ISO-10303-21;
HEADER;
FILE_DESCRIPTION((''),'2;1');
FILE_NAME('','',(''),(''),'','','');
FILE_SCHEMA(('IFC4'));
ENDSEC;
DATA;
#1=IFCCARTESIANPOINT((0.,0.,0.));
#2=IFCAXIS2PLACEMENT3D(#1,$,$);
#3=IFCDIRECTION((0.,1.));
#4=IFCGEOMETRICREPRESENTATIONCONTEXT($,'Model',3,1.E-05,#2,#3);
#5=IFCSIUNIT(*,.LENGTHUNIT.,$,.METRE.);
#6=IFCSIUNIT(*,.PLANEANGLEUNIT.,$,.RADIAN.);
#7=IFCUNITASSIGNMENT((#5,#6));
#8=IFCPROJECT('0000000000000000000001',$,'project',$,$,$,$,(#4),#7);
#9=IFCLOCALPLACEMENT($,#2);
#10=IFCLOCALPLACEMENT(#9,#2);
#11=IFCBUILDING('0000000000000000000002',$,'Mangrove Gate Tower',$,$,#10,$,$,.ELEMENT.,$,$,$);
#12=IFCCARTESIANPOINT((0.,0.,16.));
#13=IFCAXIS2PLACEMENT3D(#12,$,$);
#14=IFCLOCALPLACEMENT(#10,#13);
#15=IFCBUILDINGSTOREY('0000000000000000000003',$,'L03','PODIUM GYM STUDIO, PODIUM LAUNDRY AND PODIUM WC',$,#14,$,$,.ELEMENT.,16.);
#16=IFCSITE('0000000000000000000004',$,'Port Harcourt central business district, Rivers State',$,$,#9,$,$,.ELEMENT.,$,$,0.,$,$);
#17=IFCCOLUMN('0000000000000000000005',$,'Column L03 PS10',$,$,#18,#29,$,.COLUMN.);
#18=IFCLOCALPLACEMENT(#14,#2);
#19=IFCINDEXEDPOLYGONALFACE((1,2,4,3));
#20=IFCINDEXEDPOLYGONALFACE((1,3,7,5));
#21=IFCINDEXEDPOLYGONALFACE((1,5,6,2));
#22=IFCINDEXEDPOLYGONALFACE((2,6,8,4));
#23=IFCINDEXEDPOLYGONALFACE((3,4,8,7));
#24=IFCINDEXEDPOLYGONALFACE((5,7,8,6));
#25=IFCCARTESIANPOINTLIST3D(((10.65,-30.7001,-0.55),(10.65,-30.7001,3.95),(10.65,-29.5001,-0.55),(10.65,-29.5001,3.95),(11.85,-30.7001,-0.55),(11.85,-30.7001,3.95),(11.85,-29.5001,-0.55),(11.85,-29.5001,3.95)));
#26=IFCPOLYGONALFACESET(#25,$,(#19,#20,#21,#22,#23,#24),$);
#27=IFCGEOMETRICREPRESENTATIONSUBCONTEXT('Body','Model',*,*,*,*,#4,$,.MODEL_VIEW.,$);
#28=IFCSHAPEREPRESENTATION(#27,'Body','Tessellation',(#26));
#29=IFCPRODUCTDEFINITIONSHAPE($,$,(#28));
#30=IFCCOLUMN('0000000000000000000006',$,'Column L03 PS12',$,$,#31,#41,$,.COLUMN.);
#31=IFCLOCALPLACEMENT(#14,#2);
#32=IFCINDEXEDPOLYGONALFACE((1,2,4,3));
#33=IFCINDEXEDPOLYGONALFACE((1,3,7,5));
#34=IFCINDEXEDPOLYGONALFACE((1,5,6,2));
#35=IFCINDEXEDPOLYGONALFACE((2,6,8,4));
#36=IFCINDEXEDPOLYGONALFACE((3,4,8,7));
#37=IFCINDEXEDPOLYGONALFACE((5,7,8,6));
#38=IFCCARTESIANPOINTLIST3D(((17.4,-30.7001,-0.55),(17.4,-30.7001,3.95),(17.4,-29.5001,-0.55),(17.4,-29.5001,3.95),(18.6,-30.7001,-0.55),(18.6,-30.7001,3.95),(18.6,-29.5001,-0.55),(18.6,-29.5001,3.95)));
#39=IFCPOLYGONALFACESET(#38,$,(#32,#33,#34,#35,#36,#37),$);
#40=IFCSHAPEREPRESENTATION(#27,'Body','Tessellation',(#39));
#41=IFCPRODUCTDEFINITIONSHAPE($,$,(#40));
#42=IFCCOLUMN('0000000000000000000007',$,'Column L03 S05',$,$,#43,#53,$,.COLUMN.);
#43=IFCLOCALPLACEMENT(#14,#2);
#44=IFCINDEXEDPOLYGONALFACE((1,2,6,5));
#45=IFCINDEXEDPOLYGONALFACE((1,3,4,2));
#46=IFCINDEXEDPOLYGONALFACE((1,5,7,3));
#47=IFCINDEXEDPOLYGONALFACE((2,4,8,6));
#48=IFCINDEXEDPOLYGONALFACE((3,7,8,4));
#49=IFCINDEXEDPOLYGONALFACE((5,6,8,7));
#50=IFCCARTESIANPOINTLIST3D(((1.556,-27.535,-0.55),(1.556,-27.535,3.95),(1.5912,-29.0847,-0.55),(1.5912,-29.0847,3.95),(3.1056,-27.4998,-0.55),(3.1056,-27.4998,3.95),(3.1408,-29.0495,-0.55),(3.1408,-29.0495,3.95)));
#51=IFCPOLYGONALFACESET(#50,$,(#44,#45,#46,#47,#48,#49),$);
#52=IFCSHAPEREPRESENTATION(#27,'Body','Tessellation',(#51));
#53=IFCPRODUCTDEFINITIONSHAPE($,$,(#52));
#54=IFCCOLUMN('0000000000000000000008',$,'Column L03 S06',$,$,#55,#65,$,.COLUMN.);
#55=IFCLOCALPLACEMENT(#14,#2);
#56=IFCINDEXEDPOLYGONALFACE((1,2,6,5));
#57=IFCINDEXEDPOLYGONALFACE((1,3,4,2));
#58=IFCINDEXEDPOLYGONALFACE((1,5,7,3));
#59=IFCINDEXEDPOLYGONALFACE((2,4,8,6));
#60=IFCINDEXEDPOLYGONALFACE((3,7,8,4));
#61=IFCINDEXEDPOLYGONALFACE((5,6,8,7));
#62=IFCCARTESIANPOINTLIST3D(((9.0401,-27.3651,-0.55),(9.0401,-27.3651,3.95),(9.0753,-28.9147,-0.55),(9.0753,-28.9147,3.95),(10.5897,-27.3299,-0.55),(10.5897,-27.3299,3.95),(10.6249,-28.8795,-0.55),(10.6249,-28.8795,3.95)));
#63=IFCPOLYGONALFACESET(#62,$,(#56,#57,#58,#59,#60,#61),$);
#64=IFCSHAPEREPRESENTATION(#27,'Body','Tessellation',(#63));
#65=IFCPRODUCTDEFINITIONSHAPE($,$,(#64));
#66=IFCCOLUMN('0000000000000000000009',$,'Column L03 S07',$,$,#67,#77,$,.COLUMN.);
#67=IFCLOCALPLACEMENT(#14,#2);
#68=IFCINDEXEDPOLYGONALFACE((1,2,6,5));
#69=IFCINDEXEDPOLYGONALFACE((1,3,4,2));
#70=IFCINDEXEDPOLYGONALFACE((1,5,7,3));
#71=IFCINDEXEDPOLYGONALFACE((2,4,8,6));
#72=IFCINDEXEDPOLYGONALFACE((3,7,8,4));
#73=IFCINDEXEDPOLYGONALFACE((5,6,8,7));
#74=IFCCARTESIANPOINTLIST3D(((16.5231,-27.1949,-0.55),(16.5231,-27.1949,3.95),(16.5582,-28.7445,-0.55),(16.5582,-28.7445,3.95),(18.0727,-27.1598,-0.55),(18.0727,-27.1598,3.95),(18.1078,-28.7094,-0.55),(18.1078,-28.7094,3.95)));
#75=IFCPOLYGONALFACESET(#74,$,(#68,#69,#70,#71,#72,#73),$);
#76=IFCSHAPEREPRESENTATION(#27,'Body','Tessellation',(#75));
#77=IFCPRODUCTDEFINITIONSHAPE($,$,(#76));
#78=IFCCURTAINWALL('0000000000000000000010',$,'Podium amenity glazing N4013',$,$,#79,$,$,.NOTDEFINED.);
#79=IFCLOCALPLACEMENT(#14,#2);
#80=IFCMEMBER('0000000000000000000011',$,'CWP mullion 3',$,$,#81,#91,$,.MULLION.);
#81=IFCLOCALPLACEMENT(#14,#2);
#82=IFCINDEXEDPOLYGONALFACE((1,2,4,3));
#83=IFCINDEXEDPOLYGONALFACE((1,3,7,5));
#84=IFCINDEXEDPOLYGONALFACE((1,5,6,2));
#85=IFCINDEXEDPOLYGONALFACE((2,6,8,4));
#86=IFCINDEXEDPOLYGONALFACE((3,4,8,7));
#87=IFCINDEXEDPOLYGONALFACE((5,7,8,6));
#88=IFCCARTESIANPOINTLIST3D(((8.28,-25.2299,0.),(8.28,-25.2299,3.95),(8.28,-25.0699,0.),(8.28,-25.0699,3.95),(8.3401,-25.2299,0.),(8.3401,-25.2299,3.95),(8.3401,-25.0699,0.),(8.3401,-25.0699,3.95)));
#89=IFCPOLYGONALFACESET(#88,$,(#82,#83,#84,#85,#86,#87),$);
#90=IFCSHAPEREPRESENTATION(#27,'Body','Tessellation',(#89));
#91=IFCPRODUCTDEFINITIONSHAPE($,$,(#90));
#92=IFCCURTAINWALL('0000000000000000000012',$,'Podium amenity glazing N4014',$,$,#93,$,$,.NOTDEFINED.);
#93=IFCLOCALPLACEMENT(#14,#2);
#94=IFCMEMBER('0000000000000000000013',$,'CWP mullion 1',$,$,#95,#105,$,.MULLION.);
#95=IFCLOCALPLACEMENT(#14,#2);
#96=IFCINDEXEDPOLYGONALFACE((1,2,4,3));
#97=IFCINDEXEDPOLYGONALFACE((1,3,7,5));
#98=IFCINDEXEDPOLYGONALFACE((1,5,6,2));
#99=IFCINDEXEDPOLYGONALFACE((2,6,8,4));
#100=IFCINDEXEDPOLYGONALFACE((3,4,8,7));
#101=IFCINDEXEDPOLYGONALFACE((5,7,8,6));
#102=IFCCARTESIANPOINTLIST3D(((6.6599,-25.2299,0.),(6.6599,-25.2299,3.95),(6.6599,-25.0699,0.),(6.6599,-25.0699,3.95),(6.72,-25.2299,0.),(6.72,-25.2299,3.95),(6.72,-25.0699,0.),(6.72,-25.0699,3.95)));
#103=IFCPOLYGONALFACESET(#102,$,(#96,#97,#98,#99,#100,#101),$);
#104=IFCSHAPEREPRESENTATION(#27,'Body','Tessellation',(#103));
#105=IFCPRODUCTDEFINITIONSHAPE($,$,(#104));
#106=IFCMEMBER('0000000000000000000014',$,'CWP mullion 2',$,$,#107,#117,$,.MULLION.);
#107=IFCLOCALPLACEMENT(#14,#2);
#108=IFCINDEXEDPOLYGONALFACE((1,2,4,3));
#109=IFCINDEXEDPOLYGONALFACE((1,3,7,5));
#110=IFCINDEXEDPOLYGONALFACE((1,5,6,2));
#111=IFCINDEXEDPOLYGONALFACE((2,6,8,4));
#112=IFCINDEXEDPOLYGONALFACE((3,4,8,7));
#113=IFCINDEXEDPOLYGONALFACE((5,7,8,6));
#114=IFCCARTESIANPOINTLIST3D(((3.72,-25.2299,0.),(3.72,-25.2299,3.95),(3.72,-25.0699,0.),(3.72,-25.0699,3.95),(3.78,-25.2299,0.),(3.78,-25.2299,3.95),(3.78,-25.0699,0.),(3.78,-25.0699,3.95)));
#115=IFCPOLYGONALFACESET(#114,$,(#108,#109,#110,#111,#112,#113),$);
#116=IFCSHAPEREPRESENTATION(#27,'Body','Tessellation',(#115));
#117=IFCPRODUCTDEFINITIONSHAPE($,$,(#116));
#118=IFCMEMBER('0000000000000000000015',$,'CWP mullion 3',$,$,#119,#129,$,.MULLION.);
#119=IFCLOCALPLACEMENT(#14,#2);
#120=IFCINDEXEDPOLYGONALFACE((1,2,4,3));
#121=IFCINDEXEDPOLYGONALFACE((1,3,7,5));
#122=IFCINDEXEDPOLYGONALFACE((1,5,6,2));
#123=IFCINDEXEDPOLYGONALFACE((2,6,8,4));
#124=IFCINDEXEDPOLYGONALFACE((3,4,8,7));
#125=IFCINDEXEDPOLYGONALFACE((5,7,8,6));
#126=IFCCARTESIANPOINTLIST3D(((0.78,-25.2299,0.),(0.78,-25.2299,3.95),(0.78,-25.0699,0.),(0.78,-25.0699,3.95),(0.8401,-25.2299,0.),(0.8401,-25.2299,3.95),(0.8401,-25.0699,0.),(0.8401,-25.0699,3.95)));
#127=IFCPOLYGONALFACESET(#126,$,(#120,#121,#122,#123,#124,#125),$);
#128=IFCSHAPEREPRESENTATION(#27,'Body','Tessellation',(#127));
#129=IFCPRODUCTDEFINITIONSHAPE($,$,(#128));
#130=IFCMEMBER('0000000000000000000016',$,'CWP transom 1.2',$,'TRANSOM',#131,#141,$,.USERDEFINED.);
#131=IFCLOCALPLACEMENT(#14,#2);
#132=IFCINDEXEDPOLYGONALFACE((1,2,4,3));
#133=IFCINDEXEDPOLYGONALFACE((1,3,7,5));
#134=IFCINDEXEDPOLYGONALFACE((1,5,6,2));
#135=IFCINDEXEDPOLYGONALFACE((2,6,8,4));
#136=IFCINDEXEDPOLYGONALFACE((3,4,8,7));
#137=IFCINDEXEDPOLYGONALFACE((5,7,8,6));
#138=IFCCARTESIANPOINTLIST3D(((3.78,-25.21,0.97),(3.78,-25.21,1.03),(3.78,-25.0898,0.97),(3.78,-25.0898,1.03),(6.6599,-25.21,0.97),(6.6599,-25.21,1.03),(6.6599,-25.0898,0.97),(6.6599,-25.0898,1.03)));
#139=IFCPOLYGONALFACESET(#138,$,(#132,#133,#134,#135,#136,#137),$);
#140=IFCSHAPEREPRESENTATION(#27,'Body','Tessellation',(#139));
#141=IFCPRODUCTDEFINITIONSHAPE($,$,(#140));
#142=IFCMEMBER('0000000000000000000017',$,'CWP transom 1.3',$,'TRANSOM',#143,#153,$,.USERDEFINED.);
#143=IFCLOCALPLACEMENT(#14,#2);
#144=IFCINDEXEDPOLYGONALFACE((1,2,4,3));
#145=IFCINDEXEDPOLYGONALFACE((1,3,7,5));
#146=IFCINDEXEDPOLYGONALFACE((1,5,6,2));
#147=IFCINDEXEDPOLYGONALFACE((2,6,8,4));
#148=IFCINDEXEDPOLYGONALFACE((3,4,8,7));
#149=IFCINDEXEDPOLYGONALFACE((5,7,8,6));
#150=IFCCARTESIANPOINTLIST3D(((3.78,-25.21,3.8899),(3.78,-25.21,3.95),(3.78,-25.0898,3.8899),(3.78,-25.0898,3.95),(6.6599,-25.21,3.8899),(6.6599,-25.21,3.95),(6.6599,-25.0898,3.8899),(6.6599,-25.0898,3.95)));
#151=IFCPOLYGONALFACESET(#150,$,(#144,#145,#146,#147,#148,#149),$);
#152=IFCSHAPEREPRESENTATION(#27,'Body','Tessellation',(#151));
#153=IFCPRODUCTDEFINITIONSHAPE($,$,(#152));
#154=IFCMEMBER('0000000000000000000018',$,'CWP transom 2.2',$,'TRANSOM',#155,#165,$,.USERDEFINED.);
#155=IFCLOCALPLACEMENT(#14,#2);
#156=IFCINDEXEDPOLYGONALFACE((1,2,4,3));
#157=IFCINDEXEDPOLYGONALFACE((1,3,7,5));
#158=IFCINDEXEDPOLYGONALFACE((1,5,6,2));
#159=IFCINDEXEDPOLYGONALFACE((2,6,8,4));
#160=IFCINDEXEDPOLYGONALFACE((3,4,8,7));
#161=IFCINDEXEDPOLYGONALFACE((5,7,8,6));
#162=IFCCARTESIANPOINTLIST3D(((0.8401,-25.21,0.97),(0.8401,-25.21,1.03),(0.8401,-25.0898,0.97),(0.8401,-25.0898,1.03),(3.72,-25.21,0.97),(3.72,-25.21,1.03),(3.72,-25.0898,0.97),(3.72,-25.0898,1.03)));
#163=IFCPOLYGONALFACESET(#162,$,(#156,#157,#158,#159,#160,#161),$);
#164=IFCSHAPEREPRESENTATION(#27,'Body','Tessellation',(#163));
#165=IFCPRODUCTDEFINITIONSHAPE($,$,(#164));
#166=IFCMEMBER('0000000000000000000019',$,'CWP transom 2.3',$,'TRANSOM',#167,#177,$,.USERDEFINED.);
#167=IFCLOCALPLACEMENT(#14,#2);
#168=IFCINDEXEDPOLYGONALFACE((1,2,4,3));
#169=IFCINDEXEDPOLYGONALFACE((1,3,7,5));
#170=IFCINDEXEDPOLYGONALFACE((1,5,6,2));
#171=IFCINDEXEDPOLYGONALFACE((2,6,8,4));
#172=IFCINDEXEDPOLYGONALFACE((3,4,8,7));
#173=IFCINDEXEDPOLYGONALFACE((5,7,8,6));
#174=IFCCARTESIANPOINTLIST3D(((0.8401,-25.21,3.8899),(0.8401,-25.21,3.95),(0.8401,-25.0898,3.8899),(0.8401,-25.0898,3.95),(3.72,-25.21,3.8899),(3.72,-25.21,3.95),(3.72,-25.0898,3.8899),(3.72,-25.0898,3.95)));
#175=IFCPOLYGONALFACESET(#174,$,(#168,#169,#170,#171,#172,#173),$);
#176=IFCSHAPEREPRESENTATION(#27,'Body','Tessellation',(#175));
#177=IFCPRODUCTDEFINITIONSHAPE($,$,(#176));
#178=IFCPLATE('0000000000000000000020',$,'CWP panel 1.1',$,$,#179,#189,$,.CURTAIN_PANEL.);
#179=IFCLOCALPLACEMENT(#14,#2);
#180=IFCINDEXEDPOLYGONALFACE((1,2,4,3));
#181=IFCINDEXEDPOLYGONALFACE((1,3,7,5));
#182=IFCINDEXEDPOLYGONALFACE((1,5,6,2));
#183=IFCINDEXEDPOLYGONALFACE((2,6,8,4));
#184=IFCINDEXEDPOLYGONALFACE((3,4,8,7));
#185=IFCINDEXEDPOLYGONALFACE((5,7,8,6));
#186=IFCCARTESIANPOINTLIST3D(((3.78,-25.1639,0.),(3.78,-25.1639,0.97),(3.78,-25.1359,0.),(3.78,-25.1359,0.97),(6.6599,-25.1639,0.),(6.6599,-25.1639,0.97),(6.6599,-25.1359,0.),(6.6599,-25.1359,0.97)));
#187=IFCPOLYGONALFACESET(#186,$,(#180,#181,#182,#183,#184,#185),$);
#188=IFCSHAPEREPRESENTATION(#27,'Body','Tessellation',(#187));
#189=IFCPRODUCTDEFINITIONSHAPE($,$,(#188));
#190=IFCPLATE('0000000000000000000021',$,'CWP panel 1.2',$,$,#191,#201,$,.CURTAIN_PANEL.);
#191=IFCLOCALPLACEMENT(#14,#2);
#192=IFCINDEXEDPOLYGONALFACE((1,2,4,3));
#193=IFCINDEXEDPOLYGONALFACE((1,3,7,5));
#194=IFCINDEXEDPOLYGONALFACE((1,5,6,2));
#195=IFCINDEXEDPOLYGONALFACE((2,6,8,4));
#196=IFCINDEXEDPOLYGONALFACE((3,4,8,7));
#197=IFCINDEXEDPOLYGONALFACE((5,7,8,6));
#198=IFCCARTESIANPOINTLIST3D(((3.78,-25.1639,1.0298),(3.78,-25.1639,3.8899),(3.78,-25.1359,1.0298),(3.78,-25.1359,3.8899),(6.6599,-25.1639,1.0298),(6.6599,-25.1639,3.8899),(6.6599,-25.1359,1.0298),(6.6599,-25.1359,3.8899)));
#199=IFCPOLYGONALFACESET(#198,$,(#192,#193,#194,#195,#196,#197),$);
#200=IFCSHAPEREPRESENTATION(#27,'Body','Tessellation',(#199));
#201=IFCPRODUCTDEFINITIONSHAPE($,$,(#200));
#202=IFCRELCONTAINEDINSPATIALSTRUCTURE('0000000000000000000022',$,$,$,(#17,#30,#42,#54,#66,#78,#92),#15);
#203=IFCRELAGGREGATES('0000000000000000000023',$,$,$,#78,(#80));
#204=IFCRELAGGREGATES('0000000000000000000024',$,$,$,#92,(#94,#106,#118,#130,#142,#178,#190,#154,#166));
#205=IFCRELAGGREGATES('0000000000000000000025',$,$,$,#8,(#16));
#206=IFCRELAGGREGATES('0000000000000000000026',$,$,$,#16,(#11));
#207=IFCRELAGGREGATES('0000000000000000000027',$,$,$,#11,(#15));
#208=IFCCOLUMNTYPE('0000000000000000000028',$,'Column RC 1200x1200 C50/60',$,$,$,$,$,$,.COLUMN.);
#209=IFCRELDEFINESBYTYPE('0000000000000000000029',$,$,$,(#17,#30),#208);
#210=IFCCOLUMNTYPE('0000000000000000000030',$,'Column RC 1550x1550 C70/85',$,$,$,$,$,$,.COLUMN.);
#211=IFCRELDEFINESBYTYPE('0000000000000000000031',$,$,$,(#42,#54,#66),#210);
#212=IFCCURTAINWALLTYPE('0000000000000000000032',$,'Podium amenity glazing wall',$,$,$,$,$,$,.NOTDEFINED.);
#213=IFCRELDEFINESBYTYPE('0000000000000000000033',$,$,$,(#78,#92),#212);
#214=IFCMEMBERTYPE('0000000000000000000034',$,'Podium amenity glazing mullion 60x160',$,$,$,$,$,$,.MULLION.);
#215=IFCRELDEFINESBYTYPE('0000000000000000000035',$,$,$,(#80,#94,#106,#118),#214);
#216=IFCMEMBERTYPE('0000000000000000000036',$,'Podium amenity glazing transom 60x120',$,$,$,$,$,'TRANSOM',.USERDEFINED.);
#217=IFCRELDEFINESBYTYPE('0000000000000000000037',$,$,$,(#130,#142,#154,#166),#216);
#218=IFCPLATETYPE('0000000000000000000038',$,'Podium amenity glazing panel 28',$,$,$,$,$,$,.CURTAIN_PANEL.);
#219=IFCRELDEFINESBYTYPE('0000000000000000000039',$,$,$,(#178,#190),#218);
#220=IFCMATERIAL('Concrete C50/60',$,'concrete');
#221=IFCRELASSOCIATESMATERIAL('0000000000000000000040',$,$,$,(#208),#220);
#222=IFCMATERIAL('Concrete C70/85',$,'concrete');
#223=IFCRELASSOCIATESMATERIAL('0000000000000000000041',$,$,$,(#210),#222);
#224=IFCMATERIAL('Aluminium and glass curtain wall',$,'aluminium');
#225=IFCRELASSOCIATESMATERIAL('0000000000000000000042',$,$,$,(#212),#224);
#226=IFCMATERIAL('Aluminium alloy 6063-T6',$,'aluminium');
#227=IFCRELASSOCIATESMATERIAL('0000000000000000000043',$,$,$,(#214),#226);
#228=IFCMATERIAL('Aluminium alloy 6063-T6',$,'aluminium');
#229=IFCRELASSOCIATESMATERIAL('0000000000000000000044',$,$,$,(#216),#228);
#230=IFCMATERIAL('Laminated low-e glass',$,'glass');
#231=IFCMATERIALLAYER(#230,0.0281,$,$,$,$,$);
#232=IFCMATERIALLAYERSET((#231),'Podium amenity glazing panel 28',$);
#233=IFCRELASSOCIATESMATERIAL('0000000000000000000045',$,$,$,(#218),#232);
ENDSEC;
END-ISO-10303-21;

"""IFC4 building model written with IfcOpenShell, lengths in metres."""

from ifc_helpers import new_model, si_unit, direction, frame, origin, origin_2d, place, context, subcontext, project, spatial, rectangle, extrude, material, layer, layer_set, material_profile, profile_set, type_object, element, aggregate, save


model = new_model("IFC4")

# Units and contexts
model_context = context("Model", 3, precision=1e-05, world=origin(), true_north=direction((0.0, 1.0)))
body_context = subcontext(model_context, "Body", "Model", "MODEL_VIEW")
ifc_project = project(units=[si_unit("LENGTHUNIT", "METRE"), si_unit("PLANEANGLEUNIT", "RADIAN")], contexts=[model_context])

# Site, building, storey
site_placement = place(None, origin())
site = spatial("IfcSite", under=ifc_project, at=site_placement, Name="Port Harcourt central business district, Rivers State", CompositionType="ELEMENT", RefElevation=0.0)
building_placement = place(site_placement, origin())
building = spatial("IfcBuilding", under=site, at=building_placement, Name="Mangrove Gate Tower", CompositionType="ELEMENT")
storey_placement = place(building_placement, frame((0.0, 0.0, 16.0)))
storey = spatial("IfcBuildingStorey", under=building, at=storey_placement, Name="L03", Description="PODIUM GYM STUDIO, PODIUM LAUNDRY AND PODIUM WC", CompositionType="ELEMENT", Elevation=16.0)

# Columns
ifc_material_1 = material(Name="Concrete C50/60", Category="concrete")
ifc_material_profile_1 = material_profile(ifc_material_1, rectangle(XDim=1.2, YDim=1.2, at=origin_2d()))
ifc_profile_set_1 = profile_set([ifc_material_profile_1], Name="Concrete C50/60")
column_type_1 = type_object("IfcColumnType", Name="Column RC 1200x1200 C50/60", PredefinedType="COLUMN", material=ifc_profile_set_1)
for number, where, z_axis, x_axis, name in (
    (1, (11.25, -30.1001, -0.55), (0.0, 0.0, 1.0), (1.0, 0.0, 0.0), "Column L03 PS10"),
    (2, (18.0, -30.1001, -0.55), (0.0, 0.0, 1.0), (1.0, 0.0, 0.0), "Column L03 PS12"),
):
    element("IfcColumn", number, at=place(storey_placement, frame(where, z_axis=z_axis, x_axis=x_axis)), inside=storey, type_object=column_type_1, Name=name, PredefinedType="COLUMN", context=body_context, shape_type="SweptSolid", body=[
        extrude(rectangle(XDim=1.2, YDim=1.2, at=origin_2d()), origin(), (0.0, 0.0, 1.0), 4.5),
    ])
ifc_material_2 = material(Name="Concrete C70/85", Category="concrete")
ifc_material_profile_2 = material_profile(ifc_material_2, rectangle(XDim=1.55, YDim=1.55, at=origin_2d()))
ifc_profile_set_2 = profile_set([ifc_material_profile_2], Name="Concrete C70/85")
column_type_2 = type_object("IfcColumnType", Name="Column RC 1550x1550 C70/85", PredefinedType="COLUMN", material=ifc_profile_set_2)
for number, where, z_axis, x_axis, name in (
    (3, (2.3484, -28.2922, -0.55), (0.0, 0.0, 1.0), (0.999742, 0.022709, 0.0), "Column L03 S05"),
    (4, (9.8325, -28.1223, -0.55), (0.0, 0.0, 1.0), (0.999742, 0.022711, 0.0), "Column L03 S06"),
    (5, (17.3154, -27.9521, -0.55), (0.0, 0.0, 1.0), (0.999744, 0.022644, 0.0), "Column L03 S07"),
):
    element("IfcColumn", number, at=place(storey_placement, frame(where, z_axis=z_axis, x_axis=x_axis)), inside=storey, type_object=column_type_2, Name=name, PredefinedType="COLUMN", context=body_context, shape_type="SweptSolid", body=[
        extrude(rectangle(XDim=1.55, YDim=1.55, at=origin_2d()), origin(), (0.0, 0.0, 1.0), 4.5),
    ])

# Curtain wall, member
ifc_material_3 = material(Name="Aluminium and glass curtain wall", Category="aluminium")
curtain_wall_type = type_object("IfcCurtainWallType", Name="Podium amenity glazing wall", PredefinedType="NOTDEFINED", material=ifc_material_3)
curtain_wall_1_placement = place(storey_placement, origin())
curtain_wall_1 = element("IfcCurtainWall", 6, at=curtain_wall_1_placement, inside=storey, type_object=curtain_wall_type, Name="Podium amenity glazing N4013", PredefinedType="NOTDEFINED")
ifc_material_4 = material(Name="Aluminium alloy 6063-T6", Category="aluminium")
ifc_material_profile_3 = material_profile(ifc_material_4, rectangle(XDim=0.0601, YDim=0.1599, at=origin_2d()))
ifc_profile_set_3 = profile_set([ifc_material_profile_3], Name="Aluminium alloy 6063-T6")
member_type_1 = type_object("IfcMemberType", Name="Podium amenity glazing mullion 60x160", PredefinedType="MULLION", material=ifc_profile_set_3)
member_1_placement = place(storey_placement, frame((8.3101, -25.1499, 0.0), z_axis=(0.0, 0.0, 1.0), x_axis=(-1.0, 0.0, 0.0)))
member_1 = element("IfcMember", 7, at=member_1_placement, type_object=member_type_1, Name="CWP mullion 3", PredefinedType="MULLION", context=body_context, shape_type="SweptSolid", body=[
    extrude(rectangle(XDim=0.0601, YDim=0.1599, at=origin_2d()), origin(), (0.0, 0.0, 1.0), 3.95),
])
aggregate(curtain_wall_1, [member_1])

# Curtain wall, members, plates
curtain_wall_2_placement = place(storey_placement, origin())
curtain_wall_2 = element("IfcCurtainWall", 8, at=curtain_wall_2_placement, inside=storey, type_object=curtain_wall_type, Name="Podium amenity glazing N4014", PredefinedType="NOTDEFINED")
member_2_placement = place(storey_placement, frame((6.6899, -25.1499, 0.0), z_axis=(0.0, 0.0, 1.0), x_axis=(-1.0, 0.0, 0.0)))
member_2 = element("IfcMember", 9, at=member_2_placement, type_object=member_type_1, Name="CWP mullion 1", PredefinedType="MULLION", context=body_context, shape_type="SweptSolid", body=[
    extrude(rectangle(XDim=0.0601, YDim=0.1599, at=origin_2d()), origin(), (0.0, 0.0, 1.0), 3.95),
])
member_3_placement = place(storey_placement, frame((3.75, -25.1499, 0.0), z_axis=(0.0, 0.0, 1.0), x_axis=(-1.0, 0.0, 0.0)))
member_3 = element("IfcMember", 10, at=member_3_placement, type_object=member_type_1, Name="CWP mullion 2", PredefinedType="MULLION", context=body_context, shape_type="SweptSolid", body=[
    extrude(rectangle(XDim=0.0601, YDim=0.1599, at=origin_2d()), origin(), (0.0, 0.0, 1.0), 3.95),
])
member_4_placement = place(storey_placement, frame((0.8101, -25.1499, 0.0), z_axis=(0.0, 0.0, 1.0), x_axis=(-1.0, 0.0, 0.0)))
member_4 = element("IfcMember", 11, at=member_4_placement, type_object=member_type_1, Name="CWP mullion 3", PredefinedType="MULLION", context=body_context, shape_type="SweptSolid", body=[
    extrude(rectangle(XDim=0.0601, YDim=0.1599, at=origin_2d()), origin(), (0.0, 0.0, 1.0), 3.95),
])
ifc_material_5 = material(Name="Aluminium alloy 6063-T6", Category="aluminium")
ifc_material_profile_4 = material_profile(ifc_material_5, rectangle(XDim=0.0601, YDim=0.1201, at=origin_2d()))
ifc_profile_set_4 = profile_set([ifc_material_profile_4], Name="Aluminium alloy 6063-T6")
member_type_2 = type_object("IfcMemberType", Name="Podium amenity glazing transom 60x120", ElementType="TRANSOM", PredefinedType="USERDEFINED", material=ifc_profile_set_4)
member_5_placement = place(storey_placement, frame((6.6599, -25.1499, 1.0), z_axis=(-1.0, 0.0, 0.0), x_axis=(0.0, 0.0, 1.0)))
member_5 = element("IfcMember", 12, at=member_5_placement, type_object=member_type_2, Name="CWP transom 1.2", ObjectType="TRANSOM", PredefinedType="USERDEFINED", context=body_context, shape_type="SweptSolid", body=[
    extrude(rectangle(XDim=0.0601, YDim=0.1201, at=origin_2d()), origin(), (0.0, 0.0, 1.0), 2.8799),
])
member_6_placement = place(storey_placement, frame((6.6599, -25.1499, 3.9199), z_axis=(-1.0, 0.0, 0.0), x_axis=(0.0, 0.0, 1.0)))
member_6 = element("IfcMember", 13, at=member_6_placement, type_object=member_type_2, Name="CWP transom 1.3", ObjectType="TRANSOM", PredefinedType="USERDEFINED", context=body_context, shape_type="SweptSolid", body=[
    extrude(rectangle(XDim=0.0601, YDim=0.1201, at=origin_2d()), origin(), (0.0, 0.0, 1.0), 2.8799),
])
member_7_placement = place(storey_placement, frame((3.72, -25.1499, 1.0), z_axis=(-1.0, 0.0, 0.0), x_axis=(0.0, 0.0, 1.0)))
member_7 = element("IfcMember", 14, at=member_7_placement, type_object=member_type_2, Name="CWP transom 2.2", ObjectType="TRANSOM", PredefinedType="USERDEFINED", context=body_context, shape_type="SweptSolid", body=[
    extrude(rectangle(XDim=0.0601, YDim=0.1201, at=origin_2d()), origin(), (0.0, 0.0, 1.0), 2.8799),
])
member_8_placement = place(storey_placement, frame((3.72, -25.1499, 3.9199), z_axis=(-1.0, 0.0, 0.0), x_axis=(0.0, 0.0, 1.0)))
member_8 = element("IfcMember", 15, at=member_8_placement, type_object=member_type_2, Name="CWP transom 2.3", ObjectType="TRANSOM", PredefinedType="USERDEFINED", context=body_context, shape_type="SweptSolid", body=[
    extrude(rectangle(XDim=0.0601, YDim=0.1201, at=origin_2d()), origin(), (0.0, 0.0, 1.0), 2.8799),
])
ifc_material_6 = material(Name="Laminated low-e glass", Category="glass")
ifc_layer = layer(ifc_material_6, 0.0281)
ifc_layer_set = layer_set([ifc_layer], Name="Podium amenity glazing panel 28")
plate_type = type_object("IfcPlateType", Name="Podium amenity glazing panel 28", PredefinedType="CURTAIN_PANEL", material=ifc_layer_set)
plate_1_placement = place(storey_placement, frame((5.22, -25.1499, 0.0), z_axis=(0.0, 0.0, 1.0), x_axis=(-1.0, 0.0, 0.0)))
plate_1 = element("IfcPlate", 16, at=plate_1_placement, type_object=plate_type, Name="CWP panel 1.1", PredefinedType="CURTAIN_PANEL", context=body_context, shape_type="SweptSolid", body=[
    extrude(rectangle(XDim=2.8799, YDim=0.0281, at=origin_2d()), origin(), (0.0, 0.0, 1.0), 0.97),
])
plate_2_placement = place(storey_placement, frame((5.22, -25.1499, 1.0298), z_axis=(0.0, 0.0, 1.0), x_axis=(-1.0, 0.0, 0.0)))
plate_2 = element("IfcPlate", 17, at=plate_2_placement, type_object=plate_type, Name="CWP panel 1.2", PredefinedType="CURTAIN_PANEL", context=body_context, shape_type="SweptSolid", body=[
    extrude(rectangle(XDim=2.8799, YDim=0.0281, at=origin_2d()), origin(), (0.0, 0.0, 1.0), 2.8601),
])
aggregate(curtain_wall_2, [member_2, member_3, member_4, member_5, member_6, plate_1, plate_2, member_7, member_8])

save(model, "model.ifc")
